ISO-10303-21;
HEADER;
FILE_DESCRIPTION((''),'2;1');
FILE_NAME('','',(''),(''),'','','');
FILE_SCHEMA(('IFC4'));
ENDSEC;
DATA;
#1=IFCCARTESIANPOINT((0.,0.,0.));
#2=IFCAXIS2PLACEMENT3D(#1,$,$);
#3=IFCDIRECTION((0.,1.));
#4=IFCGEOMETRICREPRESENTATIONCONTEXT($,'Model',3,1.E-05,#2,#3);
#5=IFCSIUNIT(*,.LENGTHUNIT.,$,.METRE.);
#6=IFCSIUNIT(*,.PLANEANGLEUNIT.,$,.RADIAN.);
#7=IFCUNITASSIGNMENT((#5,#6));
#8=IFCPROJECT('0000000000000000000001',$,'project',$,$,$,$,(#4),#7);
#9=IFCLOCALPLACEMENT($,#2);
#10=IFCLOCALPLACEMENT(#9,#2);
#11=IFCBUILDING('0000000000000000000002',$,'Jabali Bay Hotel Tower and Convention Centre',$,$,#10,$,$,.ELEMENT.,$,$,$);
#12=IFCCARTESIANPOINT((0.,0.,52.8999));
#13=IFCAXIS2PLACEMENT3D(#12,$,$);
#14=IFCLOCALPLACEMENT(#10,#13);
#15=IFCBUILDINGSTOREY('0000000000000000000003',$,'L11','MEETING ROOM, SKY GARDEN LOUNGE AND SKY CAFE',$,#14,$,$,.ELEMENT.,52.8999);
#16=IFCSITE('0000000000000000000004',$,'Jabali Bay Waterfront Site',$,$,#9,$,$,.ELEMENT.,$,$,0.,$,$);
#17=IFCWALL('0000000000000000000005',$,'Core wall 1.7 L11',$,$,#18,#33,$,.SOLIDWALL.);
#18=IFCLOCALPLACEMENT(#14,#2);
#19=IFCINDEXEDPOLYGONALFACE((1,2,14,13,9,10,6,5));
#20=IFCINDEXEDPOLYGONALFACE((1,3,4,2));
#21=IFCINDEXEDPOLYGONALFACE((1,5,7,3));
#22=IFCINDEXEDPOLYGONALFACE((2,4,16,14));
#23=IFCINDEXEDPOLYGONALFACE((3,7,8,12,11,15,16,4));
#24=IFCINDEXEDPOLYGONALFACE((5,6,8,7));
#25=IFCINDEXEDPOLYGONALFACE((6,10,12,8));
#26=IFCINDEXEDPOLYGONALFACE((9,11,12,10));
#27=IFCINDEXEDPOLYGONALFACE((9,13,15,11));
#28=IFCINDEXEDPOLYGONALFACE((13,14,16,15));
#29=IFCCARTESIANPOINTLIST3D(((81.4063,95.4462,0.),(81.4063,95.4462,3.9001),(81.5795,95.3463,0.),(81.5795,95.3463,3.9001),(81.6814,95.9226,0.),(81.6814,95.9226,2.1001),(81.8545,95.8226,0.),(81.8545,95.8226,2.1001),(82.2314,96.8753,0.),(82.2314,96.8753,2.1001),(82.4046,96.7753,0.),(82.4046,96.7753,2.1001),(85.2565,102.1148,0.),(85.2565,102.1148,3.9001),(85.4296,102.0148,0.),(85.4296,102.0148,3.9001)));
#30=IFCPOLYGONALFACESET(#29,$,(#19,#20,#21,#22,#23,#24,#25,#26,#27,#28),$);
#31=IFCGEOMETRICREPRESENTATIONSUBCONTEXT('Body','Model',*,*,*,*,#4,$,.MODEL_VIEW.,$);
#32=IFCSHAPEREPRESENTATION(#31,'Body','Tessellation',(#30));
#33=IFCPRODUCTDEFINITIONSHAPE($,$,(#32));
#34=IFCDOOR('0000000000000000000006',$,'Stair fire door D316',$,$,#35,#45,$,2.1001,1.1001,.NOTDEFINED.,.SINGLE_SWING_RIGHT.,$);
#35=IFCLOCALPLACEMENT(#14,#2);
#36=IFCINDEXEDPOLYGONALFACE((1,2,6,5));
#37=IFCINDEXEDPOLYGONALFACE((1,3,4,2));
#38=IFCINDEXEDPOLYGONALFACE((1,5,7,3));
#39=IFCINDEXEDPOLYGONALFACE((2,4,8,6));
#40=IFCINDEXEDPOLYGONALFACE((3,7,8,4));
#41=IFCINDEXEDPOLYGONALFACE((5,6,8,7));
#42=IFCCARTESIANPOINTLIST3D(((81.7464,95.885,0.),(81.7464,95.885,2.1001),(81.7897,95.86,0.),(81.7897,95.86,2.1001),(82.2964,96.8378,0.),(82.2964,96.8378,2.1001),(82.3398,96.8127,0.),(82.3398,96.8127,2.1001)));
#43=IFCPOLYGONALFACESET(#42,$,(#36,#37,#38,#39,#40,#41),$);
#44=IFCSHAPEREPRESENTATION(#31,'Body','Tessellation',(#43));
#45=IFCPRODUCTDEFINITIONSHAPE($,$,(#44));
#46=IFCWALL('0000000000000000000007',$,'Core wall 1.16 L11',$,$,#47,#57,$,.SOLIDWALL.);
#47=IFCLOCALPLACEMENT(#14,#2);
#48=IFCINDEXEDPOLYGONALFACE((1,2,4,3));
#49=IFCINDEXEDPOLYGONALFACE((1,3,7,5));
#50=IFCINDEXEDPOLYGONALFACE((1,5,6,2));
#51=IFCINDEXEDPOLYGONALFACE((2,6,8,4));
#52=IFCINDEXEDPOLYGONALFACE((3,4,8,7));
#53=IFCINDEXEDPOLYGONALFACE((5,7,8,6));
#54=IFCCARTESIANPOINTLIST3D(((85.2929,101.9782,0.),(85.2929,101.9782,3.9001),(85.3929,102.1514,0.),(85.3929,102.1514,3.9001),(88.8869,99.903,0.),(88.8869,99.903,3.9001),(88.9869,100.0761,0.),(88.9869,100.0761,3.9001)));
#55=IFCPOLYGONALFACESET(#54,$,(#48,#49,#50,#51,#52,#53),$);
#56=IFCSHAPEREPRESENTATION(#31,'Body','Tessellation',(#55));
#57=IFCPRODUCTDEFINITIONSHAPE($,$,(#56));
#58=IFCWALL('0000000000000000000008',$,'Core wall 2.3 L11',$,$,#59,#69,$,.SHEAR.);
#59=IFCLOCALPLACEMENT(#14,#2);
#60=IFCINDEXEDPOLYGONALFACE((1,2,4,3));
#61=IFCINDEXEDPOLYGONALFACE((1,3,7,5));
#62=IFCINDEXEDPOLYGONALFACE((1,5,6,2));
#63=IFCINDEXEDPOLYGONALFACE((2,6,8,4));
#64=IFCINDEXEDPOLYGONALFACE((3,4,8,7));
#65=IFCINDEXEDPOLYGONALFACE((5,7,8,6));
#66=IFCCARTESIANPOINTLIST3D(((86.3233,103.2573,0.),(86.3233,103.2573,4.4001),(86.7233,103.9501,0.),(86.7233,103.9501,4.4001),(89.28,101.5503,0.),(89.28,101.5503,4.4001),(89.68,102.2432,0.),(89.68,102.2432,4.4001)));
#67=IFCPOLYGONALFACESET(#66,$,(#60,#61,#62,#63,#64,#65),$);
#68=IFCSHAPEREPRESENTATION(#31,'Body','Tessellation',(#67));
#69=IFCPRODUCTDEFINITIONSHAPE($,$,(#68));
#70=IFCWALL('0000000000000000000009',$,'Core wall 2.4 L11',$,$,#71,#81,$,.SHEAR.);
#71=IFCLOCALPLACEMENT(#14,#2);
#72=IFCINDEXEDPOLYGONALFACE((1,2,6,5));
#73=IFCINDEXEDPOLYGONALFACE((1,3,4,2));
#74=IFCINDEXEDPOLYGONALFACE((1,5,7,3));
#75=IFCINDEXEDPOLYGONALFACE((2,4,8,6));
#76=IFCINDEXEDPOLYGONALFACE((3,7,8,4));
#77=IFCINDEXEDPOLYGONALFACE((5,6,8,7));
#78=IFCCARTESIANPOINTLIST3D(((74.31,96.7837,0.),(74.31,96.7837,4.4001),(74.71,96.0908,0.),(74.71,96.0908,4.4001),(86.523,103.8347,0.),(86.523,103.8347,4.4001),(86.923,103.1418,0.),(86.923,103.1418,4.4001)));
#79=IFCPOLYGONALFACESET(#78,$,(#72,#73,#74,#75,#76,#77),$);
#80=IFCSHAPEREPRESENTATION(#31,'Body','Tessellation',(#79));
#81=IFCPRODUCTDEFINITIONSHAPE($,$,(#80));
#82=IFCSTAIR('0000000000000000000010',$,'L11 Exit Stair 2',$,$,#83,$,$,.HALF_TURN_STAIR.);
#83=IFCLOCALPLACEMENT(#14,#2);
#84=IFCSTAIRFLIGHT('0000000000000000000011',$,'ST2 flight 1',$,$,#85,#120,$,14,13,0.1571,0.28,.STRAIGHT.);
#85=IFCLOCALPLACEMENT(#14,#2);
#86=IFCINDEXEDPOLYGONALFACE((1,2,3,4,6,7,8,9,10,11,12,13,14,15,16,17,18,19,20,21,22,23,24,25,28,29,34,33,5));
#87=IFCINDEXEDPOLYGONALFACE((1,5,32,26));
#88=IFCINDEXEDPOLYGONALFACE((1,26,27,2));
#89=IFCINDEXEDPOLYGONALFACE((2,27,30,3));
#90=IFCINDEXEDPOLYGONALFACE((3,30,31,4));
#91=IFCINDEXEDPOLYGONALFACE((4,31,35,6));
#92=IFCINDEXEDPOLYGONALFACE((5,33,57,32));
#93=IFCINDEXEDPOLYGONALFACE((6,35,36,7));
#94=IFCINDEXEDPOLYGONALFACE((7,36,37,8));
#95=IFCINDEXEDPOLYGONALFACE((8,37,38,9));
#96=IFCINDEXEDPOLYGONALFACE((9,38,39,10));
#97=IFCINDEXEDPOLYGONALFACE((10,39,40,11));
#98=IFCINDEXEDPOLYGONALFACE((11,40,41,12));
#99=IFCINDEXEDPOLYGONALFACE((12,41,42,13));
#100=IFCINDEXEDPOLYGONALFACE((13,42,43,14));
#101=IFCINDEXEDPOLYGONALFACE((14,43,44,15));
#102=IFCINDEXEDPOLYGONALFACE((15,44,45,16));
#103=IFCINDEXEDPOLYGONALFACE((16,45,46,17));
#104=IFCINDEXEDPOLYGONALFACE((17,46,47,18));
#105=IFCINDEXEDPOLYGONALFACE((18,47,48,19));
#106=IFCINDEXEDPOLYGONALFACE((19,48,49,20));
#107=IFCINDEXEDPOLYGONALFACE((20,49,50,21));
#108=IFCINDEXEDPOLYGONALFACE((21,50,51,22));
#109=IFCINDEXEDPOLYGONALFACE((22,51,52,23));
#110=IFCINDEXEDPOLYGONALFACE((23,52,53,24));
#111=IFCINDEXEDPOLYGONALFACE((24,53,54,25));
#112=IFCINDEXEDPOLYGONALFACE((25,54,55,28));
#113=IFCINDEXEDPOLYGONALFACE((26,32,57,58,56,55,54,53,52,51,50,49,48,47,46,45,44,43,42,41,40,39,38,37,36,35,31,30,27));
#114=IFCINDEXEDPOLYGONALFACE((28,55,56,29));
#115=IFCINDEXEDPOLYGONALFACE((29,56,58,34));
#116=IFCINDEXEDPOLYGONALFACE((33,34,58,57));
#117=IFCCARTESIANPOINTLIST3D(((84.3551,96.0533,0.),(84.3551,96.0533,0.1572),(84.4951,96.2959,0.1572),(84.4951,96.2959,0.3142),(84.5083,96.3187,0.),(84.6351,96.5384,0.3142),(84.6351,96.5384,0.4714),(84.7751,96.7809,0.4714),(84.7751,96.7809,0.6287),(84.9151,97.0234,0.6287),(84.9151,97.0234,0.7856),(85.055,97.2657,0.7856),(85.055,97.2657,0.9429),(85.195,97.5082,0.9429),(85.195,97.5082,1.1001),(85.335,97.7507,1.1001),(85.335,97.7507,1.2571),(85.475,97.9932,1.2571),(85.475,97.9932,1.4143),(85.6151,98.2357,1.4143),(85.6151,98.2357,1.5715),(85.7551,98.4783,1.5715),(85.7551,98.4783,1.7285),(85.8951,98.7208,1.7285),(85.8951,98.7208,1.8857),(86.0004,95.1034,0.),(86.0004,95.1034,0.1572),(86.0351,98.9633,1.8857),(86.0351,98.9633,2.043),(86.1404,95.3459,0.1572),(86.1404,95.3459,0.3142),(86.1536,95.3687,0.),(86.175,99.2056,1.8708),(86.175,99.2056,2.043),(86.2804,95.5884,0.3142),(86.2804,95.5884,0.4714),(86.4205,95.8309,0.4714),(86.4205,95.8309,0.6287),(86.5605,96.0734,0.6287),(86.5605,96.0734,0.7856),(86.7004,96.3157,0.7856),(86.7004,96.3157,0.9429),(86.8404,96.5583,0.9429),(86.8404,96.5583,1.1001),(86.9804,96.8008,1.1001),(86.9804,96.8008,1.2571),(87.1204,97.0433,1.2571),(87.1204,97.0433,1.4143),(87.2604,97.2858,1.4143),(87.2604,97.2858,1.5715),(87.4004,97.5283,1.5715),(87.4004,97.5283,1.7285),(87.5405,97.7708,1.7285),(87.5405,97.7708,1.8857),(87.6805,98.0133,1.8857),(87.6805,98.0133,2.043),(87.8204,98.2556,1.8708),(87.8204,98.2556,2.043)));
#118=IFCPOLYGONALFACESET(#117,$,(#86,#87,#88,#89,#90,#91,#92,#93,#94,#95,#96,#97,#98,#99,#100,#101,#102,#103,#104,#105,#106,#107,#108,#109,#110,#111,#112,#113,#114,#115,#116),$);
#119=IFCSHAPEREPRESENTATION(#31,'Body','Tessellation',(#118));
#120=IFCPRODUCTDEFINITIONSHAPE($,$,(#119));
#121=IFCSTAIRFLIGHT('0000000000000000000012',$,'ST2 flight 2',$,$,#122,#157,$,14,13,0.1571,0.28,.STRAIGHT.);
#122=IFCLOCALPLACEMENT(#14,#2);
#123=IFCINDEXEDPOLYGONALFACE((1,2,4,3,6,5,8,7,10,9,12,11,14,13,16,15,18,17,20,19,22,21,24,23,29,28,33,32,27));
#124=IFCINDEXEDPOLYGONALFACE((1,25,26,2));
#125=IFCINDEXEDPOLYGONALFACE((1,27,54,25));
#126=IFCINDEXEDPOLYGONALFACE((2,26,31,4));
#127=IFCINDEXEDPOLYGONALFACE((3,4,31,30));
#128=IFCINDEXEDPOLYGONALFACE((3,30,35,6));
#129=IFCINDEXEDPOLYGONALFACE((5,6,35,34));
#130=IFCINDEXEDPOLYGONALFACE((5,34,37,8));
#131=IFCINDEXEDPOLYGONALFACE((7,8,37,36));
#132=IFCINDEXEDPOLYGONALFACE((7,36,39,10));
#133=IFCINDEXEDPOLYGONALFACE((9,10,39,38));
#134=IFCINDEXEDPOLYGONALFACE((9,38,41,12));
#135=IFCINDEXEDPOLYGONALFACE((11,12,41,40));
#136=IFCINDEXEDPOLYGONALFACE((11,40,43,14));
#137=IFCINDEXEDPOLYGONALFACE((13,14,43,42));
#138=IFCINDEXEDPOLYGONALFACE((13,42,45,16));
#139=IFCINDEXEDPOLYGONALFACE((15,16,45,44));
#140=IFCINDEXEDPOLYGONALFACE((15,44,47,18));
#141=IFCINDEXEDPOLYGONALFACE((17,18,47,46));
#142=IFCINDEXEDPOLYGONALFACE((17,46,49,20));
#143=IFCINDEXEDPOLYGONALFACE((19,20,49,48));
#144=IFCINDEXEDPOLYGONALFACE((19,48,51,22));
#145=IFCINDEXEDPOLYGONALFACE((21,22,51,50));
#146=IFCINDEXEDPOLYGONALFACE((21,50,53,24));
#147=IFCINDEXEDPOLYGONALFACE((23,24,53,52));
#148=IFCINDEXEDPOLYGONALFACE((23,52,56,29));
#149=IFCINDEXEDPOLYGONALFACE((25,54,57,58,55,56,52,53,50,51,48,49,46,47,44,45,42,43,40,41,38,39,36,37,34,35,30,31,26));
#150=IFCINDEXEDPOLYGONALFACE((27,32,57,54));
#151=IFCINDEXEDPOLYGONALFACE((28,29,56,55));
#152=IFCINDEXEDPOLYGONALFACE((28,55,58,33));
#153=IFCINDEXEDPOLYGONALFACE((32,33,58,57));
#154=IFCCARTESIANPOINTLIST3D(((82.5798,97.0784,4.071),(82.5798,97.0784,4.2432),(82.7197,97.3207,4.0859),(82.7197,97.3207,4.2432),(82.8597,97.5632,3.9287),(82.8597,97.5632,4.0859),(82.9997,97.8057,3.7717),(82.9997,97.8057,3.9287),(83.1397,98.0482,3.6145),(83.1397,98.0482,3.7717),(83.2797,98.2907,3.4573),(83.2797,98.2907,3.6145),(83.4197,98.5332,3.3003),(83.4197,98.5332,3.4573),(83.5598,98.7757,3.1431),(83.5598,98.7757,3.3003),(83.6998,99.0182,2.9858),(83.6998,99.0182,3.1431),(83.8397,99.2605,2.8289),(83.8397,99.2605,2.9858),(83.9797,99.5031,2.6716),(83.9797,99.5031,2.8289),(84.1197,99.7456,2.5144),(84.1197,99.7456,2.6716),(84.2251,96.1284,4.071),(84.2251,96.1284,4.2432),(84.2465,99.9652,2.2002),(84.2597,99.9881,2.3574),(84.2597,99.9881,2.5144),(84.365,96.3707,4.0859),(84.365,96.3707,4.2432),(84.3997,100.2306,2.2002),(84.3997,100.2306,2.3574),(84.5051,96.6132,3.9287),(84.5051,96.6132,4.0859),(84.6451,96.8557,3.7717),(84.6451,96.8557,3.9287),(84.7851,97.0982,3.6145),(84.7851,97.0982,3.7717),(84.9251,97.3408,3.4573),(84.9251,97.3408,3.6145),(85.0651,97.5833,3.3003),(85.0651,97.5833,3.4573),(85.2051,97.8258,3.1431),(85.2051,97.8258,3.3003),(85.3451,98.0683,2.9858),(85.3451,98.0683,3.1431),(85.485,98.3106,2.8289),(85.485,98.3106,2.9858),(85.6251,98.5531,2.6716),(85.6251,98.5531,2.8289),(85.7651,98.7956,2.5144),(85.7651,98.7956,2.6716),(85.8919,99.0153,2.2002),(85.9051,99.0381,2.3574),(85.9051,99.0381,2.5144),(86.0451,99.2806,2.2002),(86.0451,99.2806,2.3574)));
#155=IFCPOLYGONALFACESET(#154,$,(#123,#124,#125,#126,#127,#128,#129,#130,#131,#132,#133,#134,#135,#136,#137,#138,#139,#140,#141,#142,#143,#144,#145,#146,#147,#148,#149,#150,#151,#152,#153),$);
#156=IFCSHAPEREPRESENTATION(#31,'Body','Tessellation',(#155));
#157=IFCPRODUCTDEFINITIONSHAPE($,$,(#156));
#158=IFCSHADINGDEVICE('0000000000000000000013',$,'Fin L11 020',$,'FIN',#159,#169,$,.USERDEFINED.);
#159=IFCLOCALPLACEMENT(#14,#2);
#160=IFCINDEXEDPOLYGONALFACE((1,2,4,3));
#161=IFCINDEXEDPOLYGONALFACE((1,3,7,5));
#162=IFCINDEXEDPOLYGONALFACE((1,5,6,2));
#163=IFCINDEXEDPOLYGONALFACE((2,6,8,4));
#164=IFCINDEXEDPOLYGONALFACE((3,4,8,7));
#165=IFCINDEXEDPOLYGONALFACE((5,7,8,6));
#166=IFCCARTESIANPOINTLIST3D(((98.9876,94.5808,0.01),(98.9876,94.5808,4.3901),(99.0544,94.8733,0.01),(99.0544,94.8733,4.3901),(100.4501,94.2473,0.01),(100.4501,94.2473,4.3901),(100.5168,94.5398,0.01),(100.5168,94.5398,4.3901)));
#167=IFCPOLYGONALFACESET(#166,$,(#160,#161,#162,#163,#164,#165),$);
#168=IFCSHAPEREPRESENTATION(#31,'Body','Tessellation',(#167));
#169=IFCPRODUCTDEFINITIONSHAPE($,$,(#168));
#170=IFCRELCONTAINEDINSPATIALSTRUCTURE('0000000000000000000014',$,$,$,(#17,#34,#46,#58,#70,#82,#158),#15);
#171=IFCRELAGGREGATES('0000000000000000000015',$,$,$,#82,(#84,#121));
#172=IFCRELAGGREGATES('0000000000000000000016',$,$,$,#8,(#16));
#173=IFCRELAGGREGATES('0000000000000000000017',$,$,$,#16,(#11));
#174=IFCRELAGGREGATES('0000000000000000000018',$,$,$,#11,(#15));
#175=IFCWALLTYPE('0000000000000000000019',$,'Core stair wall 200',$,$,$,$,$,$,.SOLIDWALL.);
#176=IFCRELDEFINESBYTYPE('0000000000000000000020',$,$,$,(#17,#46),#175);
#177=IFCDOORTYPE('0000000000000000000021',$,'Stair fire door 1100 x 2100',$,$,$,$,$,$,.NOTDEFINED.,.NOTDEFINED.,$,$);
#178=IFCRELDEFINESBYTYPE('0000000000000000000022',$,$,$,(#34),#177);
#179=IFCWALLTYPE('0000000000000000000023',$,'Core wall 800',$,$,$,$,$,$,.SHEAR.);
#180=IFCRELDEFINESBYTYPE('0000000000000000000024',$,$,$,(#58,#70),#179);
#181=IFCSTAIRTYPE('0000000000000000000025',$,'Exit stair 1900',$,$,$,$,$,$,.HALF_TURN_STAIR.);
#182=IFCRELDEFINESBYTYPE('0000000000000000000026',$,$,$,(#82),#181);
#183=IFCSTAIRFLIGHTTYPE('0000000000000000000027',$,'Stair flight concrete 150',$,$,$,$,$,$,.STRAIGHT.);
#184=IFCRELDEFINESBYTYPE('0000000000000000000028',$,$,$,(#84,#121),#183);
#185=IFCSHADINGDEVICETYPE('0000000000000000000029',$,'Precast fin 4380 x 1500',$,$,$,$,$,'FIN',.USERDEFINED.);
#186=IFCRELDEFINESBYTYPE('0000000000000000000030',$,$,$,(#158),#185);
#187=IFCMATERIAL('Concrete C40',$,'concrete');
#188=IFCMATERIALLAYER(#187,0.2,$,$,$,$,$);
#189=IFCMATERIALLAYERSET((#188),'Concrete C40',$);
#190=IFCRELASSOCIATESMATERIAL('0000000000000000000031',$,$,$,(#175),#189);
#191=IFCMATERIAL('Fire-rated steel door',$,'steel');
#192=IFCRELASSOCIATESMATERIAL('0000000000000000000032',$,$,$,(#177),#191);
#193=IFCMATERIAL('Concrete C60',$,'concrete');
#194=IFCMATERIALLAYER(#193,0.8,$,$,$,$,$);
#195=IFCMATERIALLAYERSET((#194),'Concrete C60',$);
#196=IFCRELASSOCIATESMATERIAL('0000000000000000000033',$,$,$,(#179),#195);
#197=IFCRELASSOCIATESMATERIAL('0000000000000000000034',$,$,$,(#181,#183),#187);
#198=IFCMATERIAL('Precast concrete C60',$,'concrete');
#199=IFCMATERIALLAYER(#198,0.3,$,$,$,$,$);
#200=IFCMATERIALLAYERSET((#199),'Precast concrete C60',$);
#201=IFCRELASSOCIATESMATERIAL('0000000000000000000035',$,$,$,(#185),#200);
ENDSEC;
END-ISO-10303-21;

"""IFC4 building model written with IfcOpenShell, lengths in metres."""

from ifc_helpers import new_model, si_unit, direction, frame, frame_2d, origin, place, context, subcontext, project, spatial, polyline, rectangle, outline, extrude, material, layer, layer_set, type_object, element, fill, aggregate, save


model = new_model("IFC4")

# Units and contexts
model_context = context("Model", 3, precision=1e-05, world=origin(), true_north=direction((0.0, 1.0)))
body_context = subcontext(model_context, "Body", "Model", "MODEL_VIEW")
ifc_project = project(units=[si_unit("LENGTHUNIT", "METRE"), si_unit("PLANEANGLEUNIT", "RADIAN")], contexts=[model_context])

# Site, building, storey
site_placement = place(None, origin())
site = spatial("IfcSite", under=ifc_project, at=site_placement, Name="Jabali Bay Waterfront Site", CompositionType="ELEMENT", RefElevation=0.0)
building_placement = place(site_placement, origin())
building = spatial("IfcBuilding", under=site, at=building_placement, Name="Jabali Bay Hotel Tower and Convention Centre", CompositionType="ELEMENT")
storey_placement = place(building_placement, frame((0.0, 0.0, 52.8999)))
storey = spatial("IfcBuildingStorey", under=building, at=storey_placement, Name="L11", Description="MEETING ROOM, SKY GARDEN LOUNGE AND SKY CAFE", CompositionType="ELEMENT", Elevation=52.8999)

# Shared definitions
ifc_material_1 = material(Name="Concrete C60", Category="concrete")

# Shared definitions
ifc_material_2 = material(Name="Concrete C40", Category="concrete")

# Shared definitions
ifc_material_3 = material(Name="Fire-rated steel door", Category="steel")

# Shared definitions
ifc_layer_1 = layer(ifc_material_2, 0.2)
ifc_layer_set_1 = layer_set([ifc_layer_1], Name="Concrete C40")
wall_type_1 = type_object("IfcWallType", Name="Core stair wall 200", PredefinedType="SOLIDWALL", material=ifc_layer_set_1)

# Wall, opening, door
wall_1_placement = place(storey_placement, frame((81.4929, 95.3962, 0.0), z_axis=(0.0, 0.0, 1.0), x_axis=(0.500006, 0.866022, 0.0)))
wall_1 = element("IfcWall", 1, at=wall_1_placement, inside=storey, type_object=wall_type_1, Name="Core wall 1.7 L11", PredefinedType="SOLIDWALL", context=body_context, shape_type="SweptSolid", body=[
    extrude(rectangle(XDim=7.7002, YDim=0.2, at=frame_2d((3.8501, 0.0))), origin(), (0.0, 0.0, 1.0), 3.9001),
])
opening_1_placement = place(wall_1_placement, frame((0.55, 0.0, 0.0)))
opening_1 = element("IfcOpeningElement", 2, at=opening_1_placement, cuts=wall_1, PredefinedType="OPENING", context=body_context, shape_type="SweptSolid", body=[
    extrude(rectangle(XDim=1.1001, YDim=2.1001, at=frame_2d((0.55, 1.05))), frame((0.0, 0.1104, 0.0), z_axis=(0.0, -1.0, 0.0), x_axis=(1.0, 0.0, 0.0)), (0.0, 0.0, 1.0), 0.2209),
])
door_type_1 = type_object("IfcDoorType", Name="Stair fire door 1100 x 2100", OperationType="NOTDEFINED", PredefinedType="NOTDEFINED", material=ifc_material_3)
door_1_placement = place(opening_1_placement, origin())
door_1 = element("IfcDoor", 3, at=door_1_placement, inside=storey, type_object=door_type_1, Name="Stair fire door D316", OperationType="SINGLE_SWING_RIGHT", OverallHeight=2.1001, OverallWidth=1.1001, PredefinedType="NOTDEFINED", context=body_context, shape_type="SweptSolid", body=[
    extrude(rectangle(XDim=1.1001, YDim=2.1001, at=frame_2d((0.55, 1.05))), frame((0.0, 0.0249, 0.0), z_axis=(0.0, -1.0, 0.0), x_axis=(1.0, 0.0, 0.0)), (0.0, 0.0, 1.0), 0.05),
])
fill(opening_1, door_1)

# Walls
wall_2_placement = place(storey_placement, frame((88.937, 99.9895, 0.0), z_axis=(0.0, 0.0, 1.0), x_axis=(-0.866004, 0.500036, 0.0)))
element("IfcWall", 4, at=wall_2_placement, inside=storey, type_object=wall_type_1, Name="Core wall 1.16 L11", PredefinedType="SOLIDWALL", context=body_context, shape_type="SweptSolid", body=[
    extrude(rectangle(XDim=4.1501, YDim=0.2, at=frame_2d((2.0752, 0.0))), origin(), (0.0, 0.0, 1.0), 3.9001),
])
ifc_layer_2 = layer(ifc_material_1, 0.8)
ifc_layer_set_2 = layer_set([ifc_layer_2], Name="Concrete C60")
wall_type_2 = type_object("IfcWallType", Name="Core wall 800", PredefinedType="SHEAR", material=ifc_layer_set_2)
wall_3_placement = place(storey_placement, frame((89.48, 101.8967, 0.0), z_axis=(0.0, 0.0, 1.0), x_axis=(-0.866034, 0.499984, 0.0)))
element("IfcWall", 5, at=wall_3_placement, inside=storey, type_object=wall_type_2, Name="Core wall 2.3 L11", PredefinedType="SHEAR", context=body_context, shape_type="SweptSolid", body=[
    extrude(rectangle(XDim=3.4141, YDim=0.8, at=frame_2d((1.707, 0.0))), origin(), (0.0, 0.0, 1.0), 4.4001),
])
wall_4_placement = place(storey_placement, frame((86.7231, 103.4883, 0.0), z_axis=(0.0, 0.0, 1.0), x_axis=(-0.866033, -0.499988, 0.0)))
element("IfcWall", 6, at=wall_4_placement, inside=storey, type_object=wall_type_2, Name="Core wall 2.4 L11", PredefinedType="SHEAR", context=body_context, shape_type="SweptSolid", body=[
    extrude(rectangle(XDim=14.1023, YDim=0.8, at=frame_2d((7.0513, 0.0))), origin(), (0.0, 0.0, 1.0), 4.4001),
])

# Stair, stair flights
stair_type = type_object("IfcStairType", Name="Exit stair 1900", PredefinedType="HALF_TURN_STAIR", material=ifc_material_2)
stair_placement = place(storey_placement, origin())
stair = element("IfcStair", 7, at=stair_placement, inside=storey, type_object=stair_type, Name="L11 Exit Stair 2", PredefinedType="HALF_TURN_STAIR")
stair_flight_type = type_object("IfcStairFlightType", Name="Stair flight concrete 150", PredefinedType="STRAIGHT", material=ifc_material_2)
stair_flight_1_placement = place(storey_placement, frame((85.1777, 95.5784, 0.0), z_axis=(0.0, 0.0, 1.0), x_axis=(0.5, 0.866025, 0.0)))
stair_flight_1 = element("IfcStairFlight", 8, at=stair_flight_1_placement, type_object=stair_flight_type, Name="ST2 flight 1", NumberOfRisers=14, NumberOfTreads=13, PredefinedType="STRAIGHT", RiserHeight=0.1571, TreadLength=0.28, context=body_context, shape_type="SweptSolid", body=[
    extrude(outline(polyline([(0.0, 0.0), (0.0, 0.1572), (0.28, 0.1572), (0.28, 0.3142), (0.5601, 0.3142), (0.5601, 0.4714), (0.8401, 0.4714), (0.8401, 0.6287), (1.1201, 0.6287), (1.1201, 0.7856), (1.3999, 0.7856), (1.3999, 0.9429), (1.6799, 0.9429), (1.6799, 1.1001), (1.96, 1.1001), (1.96, 1.2571), (2.24, 1.2571), (2.24, 1.4143), (2.52, 1.4143), (2.52, 1.5715), (2.8, 1.5715), (2.8, 1.7285), (3.0801, 1.7285), (3.0801, 1.8857), (3.3601, 1.8857), (3.3601, 2.043), (3.6399, 2.043), (3.6399, 2.2), (3.6399, 1.8708), (0.3064, 0.0), (0.0, 0.0)])), frame((0.0, 0.95, 0.0), z_axis=(0.0, -1.0, 0.0), x_axis=(1.0, 0.0, 0.0)), (0.0, 0.0, 1.0), 1.8999),
])
stair_flight_2_placement = place(storey_placement, frame((85.2224, 99.7556, 2.2002), z_axis=(0.0, 0.0, 1.0), x_axis=(-0.5, -0.866025, 0.0)))
stair_flight_2 = element("IfcStairFlight", 9, at=stair_flight_2_placement, type_object=stair_flight_type, Name="ST2 flight 2", NumberOfRisers=14, NumberOfTreads=13, PredefinedType="STRAIGHT", RiserHeight=0.1571, TreadLength=0.28, context=body_context, shape_type="SweptSolid", body=[
    extrude(outline(polyline([(0.0, 0.0), (0.0, 0.1572), (0.28, 0.1572), (0.28, 0.3142), (0.5601, 0.3142), (0.5601, 0.4714), (0.8401, 0.4714), (0.8401, 0.6287), (1.1201, 0.6287), (1.1201, 0.7856), (1.3999, 0.7856), (1.3999, 0.9429), (1.6799, 0.9429), (1.6799, 1.1001), (1.96, 1.1001), (1.96, 1.2571), (2.24, 1.2571), (2.24, 1.4143), (2.52, 1.4143), (2.52, 1.5715), (2.8, 1.5715), (2.8, 1.7285), (3.0801, 1.7285), (3.0801, 1.8857), (3.3601, 1.8857), (3.3601, 2.043), (3.6399, 2.043), (3.6399, 2.2), (3.6399, 1.8708), (0.3064, 0.0), (0.0, 0.0)])), frame((0.0, 0.95, 0.0), z_axis=(0.0, -1.0, 0.0), x_axis=(1.0, 0.0, 0.0)), (0.0, 0.0, 1.0), 1.8999),
])
aggregate(stair, [stair_flight_1, stair_flight_2])

# Shading device
ifc_material_4 = material(Name="Precast concrete C60", Category="concrete")
ifc_layer_3 = layer(ifc_material_4, 0.3)
ifc_layer_set_3 = layer_set([ifc_layer_3], Name="Precast concrete C60")
shading_device_type = type_object("IfcShadingDeviceType", Name="Precast fin 4380 x 1500", ElementType="FIN", PredefinedType="USERDEFINED", material=ifc_layer_set_3)
shading_device_1_placement = place(storey_placement, frame((99.021, 94.7271, 0.01), z_axis=(0.0, 0.0, 1.0), x_axis=(0.97497, -0.222339, 0.0)))
element("IfcShadingDevice", 10, at=shading_device_1_placement, inside=storey, type_object=shading_device_type, Name="Fin L11 020", ObjectType="FIN", PredefinedType="USERDEFINED", context=body_context, shape_type="SweptSolid", body=[
    extrude(rectangle(XDim=1.5, YDim=0.3, at=frame_2d((0.75, 0.0))), origin(), (0.0, 0.0, 1.0), 4.3801),
])

save(model, "model.ifc")
